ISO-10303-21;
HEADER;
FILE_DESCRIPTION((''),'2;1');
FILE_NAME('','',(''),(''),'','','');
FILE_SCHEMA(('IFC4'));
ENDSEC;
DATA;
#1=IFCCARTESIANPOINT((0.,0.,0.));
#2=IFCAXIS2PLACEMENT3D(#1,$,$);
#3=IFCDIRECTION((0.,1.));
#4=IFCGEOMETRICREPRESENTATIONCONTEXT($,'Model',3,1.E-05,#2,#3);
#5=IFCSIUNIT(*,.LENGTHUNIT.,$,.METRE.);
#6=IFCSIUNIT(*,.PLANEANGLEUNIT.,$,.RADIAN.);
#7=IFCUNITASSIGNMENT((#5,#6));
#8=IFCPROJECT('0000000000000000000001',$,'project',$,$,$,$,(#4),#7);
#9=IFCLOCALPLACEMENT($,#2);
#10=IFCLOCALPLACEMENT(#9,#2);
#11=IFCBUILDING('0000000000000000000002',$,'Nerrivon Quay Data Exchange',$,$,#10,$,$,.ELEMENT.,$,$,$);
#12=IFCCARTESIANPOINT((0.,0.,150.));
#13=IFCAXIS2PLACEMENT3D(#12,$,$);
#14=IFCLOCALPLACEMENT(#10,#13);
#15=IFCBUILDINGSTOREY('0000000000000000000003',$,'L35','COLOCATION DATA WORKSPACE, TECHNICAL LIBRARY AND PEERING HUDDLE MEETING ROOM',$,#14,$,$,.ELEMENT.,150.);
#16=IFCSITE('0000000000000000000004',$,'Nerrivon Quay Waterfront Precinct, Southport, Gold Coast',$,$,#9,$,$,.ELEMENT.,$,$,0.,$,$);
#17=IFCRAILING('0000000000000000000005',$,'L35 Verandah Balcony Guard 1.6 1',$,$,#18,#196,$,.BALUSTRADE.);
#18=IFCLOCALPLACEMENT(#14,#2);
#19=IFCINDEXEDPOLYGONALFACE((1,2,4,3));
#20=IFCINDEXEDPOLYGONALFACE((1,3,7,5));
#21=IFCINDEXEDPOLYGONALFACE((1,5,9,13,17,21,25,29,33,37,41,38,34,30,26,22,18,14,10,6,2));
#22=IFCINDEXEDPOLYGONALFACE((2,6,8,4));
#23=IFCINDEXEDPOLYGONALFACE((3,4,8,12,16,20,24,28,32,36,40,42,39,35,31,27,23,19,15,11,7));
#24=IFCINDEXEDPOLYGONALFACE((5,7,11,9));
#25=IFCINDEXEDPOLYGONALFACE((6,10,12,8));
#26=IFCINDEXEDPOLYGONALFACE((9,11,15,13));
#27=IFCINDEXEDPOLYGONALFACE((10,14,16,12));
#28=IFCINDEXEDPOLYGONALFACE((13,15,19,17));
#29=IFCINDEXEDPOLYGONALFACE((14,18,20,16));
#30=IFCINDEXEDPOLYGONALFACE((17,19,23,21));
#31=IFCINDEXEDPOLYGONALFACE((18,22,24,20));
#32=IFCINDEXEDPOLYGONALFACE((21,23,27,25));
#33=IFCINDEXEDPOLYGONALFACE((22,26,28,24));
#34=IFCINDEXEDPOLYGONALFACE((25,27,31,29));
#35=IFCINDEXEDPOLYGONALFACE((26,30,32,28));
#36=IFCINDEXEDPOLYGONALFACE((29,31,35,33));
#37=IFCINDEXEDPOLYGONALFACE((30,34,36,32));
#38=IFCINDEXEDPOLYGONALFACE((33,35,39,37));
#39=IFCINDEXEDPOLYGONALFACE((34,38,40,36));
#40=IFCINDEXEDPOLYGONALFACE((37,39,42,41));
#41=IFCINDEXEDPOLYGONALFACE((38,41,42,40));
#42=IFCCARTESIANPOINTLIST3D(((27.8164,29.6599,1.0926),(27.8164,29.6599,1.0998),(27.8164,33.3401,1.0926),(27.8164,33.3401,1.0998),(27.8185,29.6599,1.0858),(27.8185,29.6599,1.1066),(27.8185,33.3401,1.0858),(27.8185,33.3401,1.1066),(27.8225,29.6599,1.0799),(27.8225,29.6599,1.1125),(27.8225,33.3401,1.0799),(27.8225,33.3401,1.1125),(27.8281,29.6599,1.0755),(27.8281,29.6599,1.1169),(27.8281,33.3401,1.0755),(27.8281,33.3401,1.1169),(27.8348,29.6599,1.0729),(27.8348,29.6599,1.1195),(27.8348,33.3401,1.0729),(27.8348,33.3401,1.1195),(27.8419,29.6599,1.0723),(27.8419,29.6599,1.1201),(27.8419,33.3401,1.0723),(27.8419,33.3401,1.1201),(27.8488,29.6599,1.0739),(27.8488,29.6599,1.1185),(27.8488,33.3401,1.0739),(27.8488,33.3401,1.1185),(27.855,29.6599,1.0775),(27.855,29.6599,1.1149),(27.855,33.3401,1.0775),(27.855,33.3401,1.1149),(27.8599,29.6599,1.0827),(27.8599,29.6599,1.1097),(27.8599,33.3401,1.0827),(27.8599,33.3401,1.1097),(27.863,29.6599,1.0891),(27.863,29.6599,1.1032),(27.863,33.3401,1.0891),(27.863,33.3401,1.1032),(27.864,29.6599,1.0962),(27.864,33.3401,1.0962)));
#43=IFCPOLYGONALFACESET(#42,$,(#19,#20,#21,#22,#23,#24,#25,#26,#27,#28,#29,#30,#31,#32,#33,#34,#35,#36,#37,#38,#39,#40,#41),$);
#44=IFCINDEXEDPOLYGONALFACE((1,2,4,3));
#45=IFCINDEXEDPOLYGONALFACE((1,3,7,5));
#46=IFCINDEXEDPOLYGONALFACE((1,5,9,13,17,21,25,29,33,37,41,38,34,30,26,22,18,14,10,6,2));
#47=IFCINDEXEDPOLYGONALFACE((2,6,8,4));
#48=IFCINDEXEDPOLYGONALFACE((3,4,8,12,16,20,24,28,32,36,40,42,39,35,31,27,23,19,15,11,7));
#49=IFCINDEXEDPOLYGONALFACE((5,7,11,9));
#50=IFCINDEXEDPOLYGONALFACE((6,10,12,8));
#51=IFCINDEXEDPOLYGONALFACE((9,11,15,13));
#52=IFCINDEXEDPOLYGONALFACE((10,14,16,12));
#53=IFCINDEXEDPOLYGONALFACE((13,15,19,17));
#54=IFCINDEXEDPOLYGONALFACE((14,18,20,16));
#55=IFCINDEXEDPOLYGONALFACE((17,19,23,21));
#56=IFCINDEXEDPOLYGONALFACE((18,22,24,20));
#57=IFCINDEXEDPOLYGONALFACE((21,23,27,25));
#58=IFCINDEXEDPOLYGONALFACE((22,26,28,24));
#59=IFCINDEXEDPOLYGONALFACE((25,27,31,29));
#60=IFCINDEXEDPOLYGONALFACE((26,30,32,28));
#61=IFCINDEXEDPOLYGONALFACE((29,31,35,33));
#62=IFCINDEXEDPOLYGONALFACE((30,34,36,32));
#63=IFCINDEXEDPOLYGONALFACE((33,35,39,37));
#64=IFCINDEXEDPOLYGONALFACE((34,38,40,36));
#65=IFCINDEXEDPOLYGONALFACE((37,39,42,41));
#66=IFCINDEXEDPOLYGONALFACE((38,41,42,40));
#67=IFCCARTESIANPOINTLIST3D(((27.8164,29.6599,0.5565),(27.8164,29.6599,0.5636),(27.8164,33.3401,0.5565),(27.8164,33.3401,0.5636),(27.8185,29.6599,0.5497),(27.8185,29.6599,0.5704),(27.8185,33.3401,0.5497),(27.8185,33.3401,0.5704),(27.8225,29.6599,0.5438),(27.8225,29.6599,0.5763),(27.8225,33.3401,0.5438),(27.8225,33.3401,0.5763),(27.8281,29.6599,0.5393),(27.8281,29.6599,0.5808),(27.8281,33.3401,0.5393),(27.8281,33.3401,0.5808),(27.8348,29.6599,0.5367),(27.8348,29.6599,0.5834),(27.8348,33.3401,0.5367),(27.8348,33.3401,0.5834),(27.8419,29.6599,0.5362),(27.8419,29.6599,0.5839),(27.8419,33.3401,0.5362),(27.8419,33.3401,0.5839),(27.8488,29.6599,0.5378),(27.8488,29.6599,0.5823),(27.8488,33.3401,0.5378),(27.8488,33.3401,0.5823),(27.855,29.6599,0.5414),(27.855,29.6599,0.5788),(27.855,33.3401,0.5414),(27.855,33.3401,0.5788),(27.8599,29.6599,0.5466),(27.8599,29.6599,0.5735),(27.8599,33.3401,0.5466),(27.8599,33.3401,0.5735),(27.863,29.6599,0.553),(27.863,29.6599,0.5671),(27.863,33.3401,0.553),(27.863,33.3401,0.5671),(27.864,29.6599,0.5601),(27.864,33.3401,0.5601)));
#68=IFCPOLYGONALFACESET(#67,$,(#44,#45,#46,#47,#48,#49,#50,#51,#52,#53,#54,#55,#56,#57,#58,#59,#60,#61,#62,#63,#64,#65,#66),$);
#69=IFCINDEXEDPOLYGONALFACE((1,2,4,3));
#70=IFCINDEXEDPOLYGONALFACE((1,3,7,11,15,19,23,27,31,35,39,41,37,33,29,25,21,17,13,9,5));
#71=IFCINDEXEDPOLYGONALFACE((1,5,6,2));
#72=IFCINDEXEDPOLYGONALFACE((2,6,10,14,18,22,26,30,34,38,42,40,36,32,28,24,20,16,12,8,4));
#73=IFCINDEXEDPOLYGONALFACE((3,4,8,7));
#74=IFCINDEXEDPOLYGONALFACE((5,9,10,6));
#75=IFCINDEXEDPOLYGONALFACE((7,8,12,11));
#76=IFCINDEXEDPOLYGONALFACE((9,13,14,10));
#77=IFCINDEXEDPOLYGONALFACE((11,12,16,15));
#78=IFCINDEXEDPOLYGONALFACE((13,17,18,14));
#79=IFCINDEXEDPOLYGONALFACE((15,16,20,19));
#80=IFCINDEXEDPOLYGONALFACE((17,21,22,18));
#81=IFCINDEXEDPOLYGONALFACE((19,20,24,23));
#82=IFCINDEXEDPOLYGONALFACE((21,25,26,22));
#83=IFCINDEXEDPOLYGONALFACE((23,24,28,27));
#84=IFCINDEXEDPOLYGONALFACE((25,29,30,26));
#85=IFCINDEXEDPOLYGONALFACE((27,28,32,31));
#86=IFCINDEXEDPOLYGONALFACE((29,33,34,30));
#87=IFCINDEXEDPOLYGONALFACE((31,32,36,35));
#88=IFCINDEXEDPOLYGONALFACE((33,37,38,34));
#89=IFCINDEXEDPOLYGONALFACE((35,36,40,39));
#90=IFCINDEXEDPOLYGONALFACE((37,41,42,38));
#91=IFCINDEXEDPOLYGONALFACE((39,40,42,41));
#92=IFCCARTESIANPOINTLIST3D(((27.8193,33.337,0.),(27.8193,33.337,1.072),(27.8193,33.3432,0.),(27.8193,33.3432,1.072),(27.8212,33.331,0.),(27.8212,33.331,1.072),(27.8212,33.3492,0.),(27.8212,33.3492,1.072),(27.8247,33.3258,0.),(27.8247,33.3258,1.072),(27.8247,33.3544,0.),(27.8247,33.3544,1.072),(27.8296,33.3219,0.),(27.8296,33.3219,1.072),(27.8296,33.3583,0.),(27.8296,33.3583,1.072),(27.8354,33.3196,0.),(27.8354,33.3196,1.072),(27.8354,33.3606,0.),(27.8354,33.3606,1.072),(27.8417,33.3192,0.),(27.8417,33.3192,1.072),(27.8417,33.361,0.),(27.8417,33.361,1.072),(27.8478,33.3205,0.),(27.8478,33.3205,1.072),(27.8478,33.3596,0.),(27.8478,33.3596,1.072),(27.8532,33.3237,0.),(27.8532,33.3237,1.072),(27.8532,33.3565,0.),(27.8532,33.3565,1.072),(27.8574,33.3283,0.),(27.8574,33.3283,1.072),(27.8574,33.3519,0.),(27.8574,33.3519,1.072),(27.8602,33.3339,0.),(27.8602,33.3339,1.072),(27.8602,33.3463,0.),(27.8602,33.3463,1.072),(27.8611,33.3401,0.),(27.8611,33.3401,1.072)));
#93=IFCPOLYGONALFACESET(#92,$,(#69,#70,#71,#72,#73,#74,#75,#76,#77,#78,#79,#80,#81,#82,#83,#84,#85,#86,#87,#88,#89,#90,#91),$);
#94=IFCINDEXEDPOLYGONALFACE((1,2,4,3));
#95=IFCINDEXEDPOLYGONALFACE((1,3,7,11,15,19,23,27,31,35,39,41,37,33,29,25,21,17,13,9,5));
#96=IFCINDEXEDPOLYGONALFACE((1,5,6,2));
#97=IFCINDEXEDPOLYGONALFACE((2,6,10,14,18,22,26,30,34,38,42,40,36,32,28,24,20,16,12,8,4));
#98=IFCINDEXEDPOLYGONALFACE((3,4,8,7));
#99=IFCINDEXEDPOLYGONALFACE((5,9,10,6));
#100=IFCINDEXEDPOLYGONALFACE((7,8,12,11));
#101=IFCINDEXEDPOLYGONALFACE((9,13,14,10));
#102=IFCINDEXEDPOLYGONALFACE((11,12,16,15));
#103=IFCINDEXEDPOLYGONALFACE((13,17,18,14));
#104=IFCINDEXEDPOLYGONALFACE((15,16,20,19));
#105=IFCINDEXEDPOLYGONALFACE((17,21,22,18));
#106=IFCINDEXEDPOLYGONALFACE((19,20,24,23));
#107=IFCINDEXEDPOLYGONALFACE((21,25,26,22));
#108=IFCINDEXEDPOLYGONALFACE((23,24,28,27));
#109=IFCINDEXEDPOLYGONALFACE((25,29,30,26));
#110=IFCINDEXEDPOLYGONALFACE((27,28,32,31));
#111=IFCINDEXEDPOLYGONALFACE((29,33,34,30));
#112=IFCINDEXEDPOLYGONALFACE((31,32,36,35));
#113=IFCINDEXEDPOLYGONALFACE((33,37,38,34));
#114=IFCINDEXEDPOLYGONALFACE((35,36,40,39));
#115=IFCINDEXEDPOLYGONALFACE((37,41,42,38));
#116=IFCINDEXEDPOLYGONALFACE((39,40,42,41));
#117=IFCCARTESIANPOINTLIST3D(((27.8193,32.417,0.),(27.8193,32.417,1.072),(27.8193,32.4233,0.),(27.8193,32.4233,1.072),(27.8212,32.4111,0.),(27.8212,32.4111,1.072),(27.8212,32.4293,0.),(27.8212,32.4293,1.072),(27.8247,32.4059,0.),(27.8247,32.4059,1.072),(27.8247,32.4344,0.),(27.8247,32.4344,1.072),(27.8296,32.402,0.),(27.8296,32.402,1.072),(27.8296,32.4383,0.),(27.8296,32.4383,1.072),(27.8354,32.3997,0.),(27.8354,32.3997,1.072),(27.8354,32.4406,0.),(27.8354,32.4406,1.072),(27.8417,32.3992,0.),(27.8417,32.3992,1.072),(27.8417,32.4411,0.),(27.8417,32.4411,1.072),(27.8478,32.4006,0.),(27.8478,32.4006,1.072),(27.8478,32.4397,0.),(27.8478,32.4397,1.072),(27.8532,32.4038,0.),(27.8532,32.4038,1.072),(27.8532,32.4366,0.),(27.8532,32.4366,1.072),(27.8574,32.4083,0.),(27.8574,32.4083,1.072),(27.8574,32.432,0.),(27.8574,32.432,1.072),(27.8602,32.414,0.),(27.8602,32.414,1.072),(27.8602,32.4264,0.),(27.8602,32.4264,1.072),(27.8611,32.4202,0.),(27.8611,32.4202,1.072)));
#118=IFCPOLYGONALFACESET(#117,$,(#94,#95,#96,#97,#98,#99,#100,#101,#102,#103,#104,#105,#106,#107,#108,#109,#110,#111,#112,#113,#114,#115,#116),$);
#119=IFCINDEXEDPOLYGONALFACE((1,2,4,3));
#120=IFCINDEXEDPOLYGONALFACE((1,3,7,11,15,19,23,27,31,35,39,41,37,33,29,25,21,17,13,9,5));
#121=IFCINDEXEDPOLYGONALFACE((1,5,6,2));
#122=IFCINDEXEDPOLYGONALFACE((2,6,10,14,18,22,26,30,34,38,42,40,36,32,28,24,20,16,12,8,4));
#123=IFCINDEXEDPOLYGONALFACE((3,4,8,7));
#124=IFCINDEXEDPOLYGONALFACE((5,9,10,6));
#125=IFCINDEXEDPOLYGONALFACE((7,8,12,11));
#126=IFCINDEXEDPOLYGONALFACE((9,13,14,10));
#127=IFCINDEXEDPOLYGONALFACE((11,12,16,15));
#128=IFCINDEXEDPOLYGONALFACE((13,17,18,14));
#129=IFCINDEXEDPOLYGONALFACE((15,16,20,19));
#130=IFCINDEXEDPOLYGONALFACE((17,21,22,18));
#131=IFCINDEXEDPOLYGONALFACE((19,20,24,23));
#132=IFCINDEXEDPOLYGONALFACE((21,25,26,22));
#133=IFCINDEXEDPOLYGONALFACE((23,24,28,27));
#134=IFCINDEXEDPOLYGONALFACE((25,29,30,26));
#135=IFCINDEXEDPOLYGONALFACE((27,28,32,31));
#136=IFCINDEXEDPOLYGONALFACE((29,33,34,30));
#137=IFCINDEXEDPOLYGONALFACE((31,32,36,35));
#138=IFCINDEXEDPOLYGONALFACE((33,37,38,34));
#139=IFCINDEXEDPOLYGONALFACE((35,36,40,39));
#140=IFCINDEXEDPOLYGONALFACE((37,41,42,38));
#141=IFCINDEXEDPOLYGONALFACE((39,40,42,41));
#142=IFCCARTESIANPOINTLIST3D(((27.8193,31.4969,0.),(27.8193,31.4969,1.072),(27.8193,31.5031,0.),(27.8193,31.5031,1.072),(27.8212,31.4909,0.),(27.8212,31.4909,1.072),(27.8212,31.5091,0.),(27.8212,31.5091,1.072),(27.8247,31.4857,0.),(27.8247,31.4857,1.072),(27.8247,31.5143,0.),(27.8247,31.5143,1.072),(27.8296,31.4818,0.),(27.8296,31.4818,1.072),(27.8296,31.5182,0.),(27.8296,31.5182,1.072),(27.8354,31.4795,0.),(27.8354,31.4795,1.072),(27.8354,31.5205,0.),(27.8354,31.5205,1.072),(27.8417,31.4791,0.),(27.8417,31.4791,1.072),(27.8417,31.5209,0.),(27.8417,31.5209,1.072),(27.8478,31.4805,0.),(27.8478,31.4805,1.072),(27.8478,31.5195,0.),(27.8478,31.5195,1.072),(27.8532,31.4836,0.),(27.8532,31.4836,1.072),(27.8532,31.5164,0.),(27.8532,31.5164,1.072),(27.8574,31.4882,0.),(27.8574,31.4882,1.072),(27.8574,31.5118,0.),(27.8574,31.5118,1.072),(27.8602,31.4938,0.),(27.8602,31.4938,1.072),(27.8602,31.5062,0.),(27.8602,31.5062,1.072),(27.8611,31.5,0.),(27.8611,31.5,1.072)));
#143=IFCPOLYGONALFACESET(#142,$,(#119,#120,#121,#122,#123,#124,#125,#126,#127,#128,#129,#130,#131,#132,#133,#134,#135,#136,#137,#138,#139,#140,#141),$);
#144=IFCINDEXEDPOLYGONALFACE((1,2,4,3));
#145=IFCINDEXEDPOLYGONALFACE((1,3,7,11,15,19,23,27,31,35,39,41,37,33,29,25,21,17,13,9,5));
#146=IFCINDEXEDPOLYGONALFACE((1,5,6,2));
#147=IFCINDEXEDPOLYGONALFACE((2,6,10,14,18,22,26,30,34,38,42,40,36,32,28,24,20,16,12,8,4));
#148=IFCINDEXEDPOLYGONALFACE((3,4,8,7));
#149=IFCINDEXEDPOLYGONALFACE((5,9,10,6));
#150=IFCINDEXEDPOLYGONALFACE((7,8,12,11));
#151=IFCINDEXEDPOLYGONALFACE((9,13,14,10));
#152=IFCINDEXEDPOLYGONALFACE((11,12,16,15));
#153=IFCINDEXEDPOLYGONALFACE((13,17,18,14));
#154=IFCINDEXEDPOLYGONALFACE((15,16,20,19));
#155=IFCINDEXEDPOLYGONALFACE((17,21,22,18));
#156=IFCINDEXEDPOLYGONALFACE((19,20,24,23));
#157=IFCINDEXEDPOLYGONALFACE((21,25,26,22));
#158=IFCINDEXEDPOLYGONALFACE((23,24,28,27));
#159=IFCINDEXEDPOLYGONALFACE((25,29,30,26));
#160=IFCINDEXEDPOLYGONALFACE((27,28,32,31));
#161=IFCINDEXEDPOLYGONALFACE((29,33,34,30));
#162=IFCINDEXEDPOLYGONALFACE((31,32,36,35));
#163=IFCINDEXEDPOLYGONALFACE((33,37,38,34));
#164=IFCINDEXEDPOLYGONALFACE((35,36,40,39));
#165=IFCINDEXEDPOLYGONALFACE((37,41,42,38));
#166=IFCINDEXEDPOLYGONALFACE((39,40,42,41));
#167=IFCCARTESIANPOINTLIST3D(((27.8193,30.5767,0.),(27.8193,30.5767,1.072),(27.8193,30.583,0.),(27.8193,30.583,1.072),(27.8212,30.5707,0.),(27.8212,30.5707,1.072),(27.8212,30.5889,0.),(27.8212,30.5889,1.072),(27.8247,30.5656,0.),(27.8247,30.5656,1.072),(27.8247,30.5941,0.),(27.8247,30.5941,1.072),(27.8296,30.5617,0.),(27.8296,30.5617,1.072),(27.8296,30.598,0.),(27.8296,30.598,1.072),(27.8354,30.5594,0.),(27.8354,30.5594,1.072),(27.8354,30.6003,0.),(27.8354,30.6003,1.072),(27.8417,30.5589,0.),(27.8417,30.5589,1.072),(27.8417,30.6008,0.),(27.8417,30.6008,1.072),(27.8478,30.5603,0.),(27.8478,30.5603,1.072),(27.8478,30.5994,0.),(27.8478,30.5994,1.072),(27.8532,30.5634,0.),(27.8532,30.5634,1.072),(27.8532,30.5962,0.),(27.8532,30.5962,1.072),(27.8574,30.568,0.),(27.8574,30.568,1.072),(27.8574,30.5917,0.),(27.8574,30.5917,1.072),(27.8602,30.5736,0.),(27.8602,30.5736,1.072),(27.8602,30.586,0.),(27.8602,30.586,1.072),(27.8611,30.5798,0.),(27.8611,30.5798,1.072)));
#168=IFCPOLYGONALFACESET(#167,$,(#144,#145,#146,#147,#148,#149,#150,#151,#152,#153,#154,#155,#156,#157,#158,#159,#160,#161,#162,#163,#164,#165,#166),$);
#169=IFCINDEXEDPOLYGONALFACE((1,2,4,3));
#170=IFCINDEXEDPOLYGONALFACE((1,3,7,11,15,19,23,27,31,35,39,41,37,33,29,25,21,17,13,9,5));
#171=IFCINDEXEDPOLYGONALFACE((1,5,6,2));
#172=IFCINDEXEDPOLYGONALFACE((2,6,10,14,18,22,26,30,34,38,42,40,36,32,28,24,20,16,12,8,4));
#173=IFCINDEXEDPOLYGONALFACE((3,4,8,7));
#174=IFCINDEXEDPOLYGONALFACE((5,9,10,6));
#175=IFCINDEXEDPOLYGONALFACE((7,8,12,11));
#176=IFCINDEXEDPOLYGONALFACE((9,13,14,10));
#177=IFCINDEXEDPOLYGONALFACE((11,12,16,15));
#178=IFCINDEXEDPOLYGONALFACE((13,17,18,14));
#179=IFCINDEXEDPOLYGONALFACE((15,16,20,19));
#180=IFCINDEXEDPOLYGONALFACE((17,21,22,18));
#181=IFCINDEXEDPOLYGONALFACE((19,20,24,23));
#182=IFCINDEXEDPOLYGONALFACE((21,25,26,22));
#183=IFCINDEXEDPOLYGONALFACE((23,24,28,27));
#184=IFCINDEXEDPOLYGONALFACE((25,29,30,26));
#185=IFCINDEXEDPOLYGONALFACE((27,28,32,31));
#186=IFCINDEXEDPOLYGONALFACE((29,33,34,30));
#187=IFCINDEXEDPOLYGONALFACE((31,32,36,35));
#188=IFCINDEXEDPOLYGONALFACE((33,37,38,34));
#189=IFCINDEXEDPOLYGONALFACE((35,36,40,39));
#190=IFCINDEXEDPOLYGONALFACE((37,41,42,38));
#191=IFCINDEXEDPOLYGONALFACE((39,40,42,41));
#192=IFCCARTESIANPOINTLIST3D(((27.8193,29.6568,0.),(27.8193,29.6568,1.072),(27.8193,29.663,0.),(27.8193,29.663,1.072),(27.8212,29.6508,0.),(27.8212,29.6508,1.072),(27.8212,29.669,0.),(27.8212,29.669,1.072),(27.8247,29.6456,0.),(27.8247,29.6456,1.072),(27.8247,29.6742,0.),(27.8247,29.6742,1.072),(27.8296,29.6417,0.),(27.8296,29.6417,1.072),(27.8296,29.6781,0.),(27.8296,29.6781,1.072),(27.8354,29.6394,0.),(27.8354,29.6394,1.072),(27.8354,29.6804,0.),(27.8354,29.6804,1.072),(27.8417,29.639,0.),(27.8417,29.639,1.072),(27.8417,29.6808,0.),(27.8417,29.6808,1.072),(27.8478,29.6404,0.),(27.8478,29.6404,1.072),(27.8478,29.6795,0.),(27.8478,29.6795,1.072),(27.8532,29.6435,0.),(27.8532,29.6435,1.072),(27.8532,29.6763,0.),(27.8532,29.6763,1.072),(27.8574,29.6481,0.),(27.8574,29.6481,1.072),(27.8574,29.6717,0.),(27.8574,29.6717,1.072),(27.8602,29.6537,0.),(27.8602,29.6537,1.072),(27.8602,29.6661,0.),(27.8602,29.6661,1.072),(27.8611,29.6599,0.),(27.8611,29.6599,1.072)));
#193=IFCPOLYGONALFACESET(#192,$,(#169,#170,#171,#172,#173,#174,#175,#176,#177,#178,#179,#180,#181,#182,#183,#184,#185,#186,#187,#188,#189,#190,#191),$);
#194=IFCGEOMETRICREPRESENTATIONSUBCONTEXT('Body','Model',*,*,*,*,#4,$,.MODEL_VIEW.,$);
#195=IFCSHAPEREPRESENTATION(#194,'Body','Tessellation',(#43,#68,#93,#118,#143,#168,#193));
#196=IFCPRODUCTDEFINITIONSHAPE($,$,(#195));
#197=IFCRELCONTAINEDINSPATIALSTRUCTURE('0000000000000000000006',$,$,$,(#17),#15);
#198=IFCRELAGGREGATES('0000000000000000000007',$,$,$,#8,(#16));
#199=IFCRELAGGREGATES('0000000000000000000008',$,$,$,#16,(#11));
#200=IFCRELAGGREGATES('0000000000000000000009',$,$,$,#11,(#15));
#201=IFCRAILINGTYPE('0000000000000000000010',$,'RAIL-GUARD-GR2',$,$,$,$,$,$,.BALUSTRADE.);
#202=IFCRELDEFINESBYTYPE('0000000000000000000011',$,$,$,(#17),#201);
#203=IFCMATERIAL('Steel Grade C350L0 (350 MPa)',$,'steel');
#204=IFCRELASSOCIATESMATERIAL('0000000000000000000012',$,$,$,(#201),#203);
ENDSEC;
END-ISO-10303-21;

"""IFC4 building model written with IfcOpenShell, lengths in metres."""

from ifc_helpers import new_model, si_unit, direction, frame, origin, origin_2d, place, context, subcontext, project, spatial, circle, extrude, material, type_object, element, save


model = new_model("IFC4")

# Units and contexts
model_context = context("Model", 3, precision=1e-05, world=origin(), true_north=direction((0.0, 1.0)))
body_context = subcontext(model_context, "Body", "Model", "MODEL_VIEW")
ifc_project = project(units=[si_unit("LENGTHUNIT", "METRE"), si_unit("PLANEANGLEUNIT", "RADIAN")], contexts=[model_context])

# Site, building, storey
site_placement = place(None, origin())
site = spatial("IfcSite", under=ifc_project, at=site_placement, Name="Nerrivon Quay Waterfront Precinct, Southport, Gold Coast", CompositionType="ELEMENT", RefElevation=0.0)
building_placement = place(site_placement, origin())
building = spatial("IfcBuilding", under=site, at=building_placement, Name="Nerrivon Quay Data Exchange", CompositionType="ELEMENT")
storey_placement = place(building_placement, frame((0.0, 0.0, 150.0)))
storey = spatial("IfcBuildingStorey", under=building, at=storey_placement, Name="L35", Description="COLOCATION DATA WORKSPACE, TECHNICAL LIBRARY AND PEERING HUDDLE MEETING ROOM", CompositionType="ELEMENT", Elevation=150.0)

# Railing
ifc_material_1 = material(Name="Steel Grade C350L0 (350 MPa)", Category="steel")
railing_type = type_object("IfcRailingType", Name="RAIL-GUARD-GR2", PredefinedType="BALUSTRADE", material=ifc_material_1)
railing_1_placement = place(storey_placement, frame((27.8401, 33.3401, 0.0)))
element("IfcRailing", 1, at=railing_1_placement, inside=storey, type_object=railing_type, Name="L35 Verandah Balcony Guard 1.6 1", PredefinedType="BALUSTRADE", context=body_context, shape_type="SweptSolid", body=[
    extrude(circle(Radius=0.0239, at=origin_2d()), frame((0.0, 0.0, 1.0962), z_axis=(0.0, -1.0, 0.0), x_axis=(1.0, 0.0, 0.0)), (0.0, 0.0, 1.0), 3.6802),
    extrude(circle(Radius=0.0239, at=origin_2d()), frame((0.0, 0.0, 0.5601), z_axis=(0.0, -1.0, 0.0), x_axis=(1.0, 0.0, 0.0)), (0.0, 0.0, 1.0), 3.6802),
    extrude(circle(Radius=0.021, at=origin_2d()), origin(), (0.0, 0.0, 1.0), 1.072),
    extrude(circle(Radius=0.021, at=origin_2d()), frame((0.0, -0.9199, 0.0)), (0.0, 0.0, 1.0), 1.072),
    extrude(circle(Radius=0.021, at=origin_2d()), frame((0.0, -1.8401, 0.0)), (0.0, 0.0, 1.0), 1.072),
    extrude(circle(Radius=0.021, at=origin_2d()), frame((0.0, -2.7603, 0.0)), (0.0, 0.0, 1.0), 1.072),
    extrude(circle(Radius=0.021, at=origin_2d()), frame((0.0, -3.6802, 0.0)), (0.0, 0.0, 1.0), 1.072),
])

save(model, "model.ifc")
